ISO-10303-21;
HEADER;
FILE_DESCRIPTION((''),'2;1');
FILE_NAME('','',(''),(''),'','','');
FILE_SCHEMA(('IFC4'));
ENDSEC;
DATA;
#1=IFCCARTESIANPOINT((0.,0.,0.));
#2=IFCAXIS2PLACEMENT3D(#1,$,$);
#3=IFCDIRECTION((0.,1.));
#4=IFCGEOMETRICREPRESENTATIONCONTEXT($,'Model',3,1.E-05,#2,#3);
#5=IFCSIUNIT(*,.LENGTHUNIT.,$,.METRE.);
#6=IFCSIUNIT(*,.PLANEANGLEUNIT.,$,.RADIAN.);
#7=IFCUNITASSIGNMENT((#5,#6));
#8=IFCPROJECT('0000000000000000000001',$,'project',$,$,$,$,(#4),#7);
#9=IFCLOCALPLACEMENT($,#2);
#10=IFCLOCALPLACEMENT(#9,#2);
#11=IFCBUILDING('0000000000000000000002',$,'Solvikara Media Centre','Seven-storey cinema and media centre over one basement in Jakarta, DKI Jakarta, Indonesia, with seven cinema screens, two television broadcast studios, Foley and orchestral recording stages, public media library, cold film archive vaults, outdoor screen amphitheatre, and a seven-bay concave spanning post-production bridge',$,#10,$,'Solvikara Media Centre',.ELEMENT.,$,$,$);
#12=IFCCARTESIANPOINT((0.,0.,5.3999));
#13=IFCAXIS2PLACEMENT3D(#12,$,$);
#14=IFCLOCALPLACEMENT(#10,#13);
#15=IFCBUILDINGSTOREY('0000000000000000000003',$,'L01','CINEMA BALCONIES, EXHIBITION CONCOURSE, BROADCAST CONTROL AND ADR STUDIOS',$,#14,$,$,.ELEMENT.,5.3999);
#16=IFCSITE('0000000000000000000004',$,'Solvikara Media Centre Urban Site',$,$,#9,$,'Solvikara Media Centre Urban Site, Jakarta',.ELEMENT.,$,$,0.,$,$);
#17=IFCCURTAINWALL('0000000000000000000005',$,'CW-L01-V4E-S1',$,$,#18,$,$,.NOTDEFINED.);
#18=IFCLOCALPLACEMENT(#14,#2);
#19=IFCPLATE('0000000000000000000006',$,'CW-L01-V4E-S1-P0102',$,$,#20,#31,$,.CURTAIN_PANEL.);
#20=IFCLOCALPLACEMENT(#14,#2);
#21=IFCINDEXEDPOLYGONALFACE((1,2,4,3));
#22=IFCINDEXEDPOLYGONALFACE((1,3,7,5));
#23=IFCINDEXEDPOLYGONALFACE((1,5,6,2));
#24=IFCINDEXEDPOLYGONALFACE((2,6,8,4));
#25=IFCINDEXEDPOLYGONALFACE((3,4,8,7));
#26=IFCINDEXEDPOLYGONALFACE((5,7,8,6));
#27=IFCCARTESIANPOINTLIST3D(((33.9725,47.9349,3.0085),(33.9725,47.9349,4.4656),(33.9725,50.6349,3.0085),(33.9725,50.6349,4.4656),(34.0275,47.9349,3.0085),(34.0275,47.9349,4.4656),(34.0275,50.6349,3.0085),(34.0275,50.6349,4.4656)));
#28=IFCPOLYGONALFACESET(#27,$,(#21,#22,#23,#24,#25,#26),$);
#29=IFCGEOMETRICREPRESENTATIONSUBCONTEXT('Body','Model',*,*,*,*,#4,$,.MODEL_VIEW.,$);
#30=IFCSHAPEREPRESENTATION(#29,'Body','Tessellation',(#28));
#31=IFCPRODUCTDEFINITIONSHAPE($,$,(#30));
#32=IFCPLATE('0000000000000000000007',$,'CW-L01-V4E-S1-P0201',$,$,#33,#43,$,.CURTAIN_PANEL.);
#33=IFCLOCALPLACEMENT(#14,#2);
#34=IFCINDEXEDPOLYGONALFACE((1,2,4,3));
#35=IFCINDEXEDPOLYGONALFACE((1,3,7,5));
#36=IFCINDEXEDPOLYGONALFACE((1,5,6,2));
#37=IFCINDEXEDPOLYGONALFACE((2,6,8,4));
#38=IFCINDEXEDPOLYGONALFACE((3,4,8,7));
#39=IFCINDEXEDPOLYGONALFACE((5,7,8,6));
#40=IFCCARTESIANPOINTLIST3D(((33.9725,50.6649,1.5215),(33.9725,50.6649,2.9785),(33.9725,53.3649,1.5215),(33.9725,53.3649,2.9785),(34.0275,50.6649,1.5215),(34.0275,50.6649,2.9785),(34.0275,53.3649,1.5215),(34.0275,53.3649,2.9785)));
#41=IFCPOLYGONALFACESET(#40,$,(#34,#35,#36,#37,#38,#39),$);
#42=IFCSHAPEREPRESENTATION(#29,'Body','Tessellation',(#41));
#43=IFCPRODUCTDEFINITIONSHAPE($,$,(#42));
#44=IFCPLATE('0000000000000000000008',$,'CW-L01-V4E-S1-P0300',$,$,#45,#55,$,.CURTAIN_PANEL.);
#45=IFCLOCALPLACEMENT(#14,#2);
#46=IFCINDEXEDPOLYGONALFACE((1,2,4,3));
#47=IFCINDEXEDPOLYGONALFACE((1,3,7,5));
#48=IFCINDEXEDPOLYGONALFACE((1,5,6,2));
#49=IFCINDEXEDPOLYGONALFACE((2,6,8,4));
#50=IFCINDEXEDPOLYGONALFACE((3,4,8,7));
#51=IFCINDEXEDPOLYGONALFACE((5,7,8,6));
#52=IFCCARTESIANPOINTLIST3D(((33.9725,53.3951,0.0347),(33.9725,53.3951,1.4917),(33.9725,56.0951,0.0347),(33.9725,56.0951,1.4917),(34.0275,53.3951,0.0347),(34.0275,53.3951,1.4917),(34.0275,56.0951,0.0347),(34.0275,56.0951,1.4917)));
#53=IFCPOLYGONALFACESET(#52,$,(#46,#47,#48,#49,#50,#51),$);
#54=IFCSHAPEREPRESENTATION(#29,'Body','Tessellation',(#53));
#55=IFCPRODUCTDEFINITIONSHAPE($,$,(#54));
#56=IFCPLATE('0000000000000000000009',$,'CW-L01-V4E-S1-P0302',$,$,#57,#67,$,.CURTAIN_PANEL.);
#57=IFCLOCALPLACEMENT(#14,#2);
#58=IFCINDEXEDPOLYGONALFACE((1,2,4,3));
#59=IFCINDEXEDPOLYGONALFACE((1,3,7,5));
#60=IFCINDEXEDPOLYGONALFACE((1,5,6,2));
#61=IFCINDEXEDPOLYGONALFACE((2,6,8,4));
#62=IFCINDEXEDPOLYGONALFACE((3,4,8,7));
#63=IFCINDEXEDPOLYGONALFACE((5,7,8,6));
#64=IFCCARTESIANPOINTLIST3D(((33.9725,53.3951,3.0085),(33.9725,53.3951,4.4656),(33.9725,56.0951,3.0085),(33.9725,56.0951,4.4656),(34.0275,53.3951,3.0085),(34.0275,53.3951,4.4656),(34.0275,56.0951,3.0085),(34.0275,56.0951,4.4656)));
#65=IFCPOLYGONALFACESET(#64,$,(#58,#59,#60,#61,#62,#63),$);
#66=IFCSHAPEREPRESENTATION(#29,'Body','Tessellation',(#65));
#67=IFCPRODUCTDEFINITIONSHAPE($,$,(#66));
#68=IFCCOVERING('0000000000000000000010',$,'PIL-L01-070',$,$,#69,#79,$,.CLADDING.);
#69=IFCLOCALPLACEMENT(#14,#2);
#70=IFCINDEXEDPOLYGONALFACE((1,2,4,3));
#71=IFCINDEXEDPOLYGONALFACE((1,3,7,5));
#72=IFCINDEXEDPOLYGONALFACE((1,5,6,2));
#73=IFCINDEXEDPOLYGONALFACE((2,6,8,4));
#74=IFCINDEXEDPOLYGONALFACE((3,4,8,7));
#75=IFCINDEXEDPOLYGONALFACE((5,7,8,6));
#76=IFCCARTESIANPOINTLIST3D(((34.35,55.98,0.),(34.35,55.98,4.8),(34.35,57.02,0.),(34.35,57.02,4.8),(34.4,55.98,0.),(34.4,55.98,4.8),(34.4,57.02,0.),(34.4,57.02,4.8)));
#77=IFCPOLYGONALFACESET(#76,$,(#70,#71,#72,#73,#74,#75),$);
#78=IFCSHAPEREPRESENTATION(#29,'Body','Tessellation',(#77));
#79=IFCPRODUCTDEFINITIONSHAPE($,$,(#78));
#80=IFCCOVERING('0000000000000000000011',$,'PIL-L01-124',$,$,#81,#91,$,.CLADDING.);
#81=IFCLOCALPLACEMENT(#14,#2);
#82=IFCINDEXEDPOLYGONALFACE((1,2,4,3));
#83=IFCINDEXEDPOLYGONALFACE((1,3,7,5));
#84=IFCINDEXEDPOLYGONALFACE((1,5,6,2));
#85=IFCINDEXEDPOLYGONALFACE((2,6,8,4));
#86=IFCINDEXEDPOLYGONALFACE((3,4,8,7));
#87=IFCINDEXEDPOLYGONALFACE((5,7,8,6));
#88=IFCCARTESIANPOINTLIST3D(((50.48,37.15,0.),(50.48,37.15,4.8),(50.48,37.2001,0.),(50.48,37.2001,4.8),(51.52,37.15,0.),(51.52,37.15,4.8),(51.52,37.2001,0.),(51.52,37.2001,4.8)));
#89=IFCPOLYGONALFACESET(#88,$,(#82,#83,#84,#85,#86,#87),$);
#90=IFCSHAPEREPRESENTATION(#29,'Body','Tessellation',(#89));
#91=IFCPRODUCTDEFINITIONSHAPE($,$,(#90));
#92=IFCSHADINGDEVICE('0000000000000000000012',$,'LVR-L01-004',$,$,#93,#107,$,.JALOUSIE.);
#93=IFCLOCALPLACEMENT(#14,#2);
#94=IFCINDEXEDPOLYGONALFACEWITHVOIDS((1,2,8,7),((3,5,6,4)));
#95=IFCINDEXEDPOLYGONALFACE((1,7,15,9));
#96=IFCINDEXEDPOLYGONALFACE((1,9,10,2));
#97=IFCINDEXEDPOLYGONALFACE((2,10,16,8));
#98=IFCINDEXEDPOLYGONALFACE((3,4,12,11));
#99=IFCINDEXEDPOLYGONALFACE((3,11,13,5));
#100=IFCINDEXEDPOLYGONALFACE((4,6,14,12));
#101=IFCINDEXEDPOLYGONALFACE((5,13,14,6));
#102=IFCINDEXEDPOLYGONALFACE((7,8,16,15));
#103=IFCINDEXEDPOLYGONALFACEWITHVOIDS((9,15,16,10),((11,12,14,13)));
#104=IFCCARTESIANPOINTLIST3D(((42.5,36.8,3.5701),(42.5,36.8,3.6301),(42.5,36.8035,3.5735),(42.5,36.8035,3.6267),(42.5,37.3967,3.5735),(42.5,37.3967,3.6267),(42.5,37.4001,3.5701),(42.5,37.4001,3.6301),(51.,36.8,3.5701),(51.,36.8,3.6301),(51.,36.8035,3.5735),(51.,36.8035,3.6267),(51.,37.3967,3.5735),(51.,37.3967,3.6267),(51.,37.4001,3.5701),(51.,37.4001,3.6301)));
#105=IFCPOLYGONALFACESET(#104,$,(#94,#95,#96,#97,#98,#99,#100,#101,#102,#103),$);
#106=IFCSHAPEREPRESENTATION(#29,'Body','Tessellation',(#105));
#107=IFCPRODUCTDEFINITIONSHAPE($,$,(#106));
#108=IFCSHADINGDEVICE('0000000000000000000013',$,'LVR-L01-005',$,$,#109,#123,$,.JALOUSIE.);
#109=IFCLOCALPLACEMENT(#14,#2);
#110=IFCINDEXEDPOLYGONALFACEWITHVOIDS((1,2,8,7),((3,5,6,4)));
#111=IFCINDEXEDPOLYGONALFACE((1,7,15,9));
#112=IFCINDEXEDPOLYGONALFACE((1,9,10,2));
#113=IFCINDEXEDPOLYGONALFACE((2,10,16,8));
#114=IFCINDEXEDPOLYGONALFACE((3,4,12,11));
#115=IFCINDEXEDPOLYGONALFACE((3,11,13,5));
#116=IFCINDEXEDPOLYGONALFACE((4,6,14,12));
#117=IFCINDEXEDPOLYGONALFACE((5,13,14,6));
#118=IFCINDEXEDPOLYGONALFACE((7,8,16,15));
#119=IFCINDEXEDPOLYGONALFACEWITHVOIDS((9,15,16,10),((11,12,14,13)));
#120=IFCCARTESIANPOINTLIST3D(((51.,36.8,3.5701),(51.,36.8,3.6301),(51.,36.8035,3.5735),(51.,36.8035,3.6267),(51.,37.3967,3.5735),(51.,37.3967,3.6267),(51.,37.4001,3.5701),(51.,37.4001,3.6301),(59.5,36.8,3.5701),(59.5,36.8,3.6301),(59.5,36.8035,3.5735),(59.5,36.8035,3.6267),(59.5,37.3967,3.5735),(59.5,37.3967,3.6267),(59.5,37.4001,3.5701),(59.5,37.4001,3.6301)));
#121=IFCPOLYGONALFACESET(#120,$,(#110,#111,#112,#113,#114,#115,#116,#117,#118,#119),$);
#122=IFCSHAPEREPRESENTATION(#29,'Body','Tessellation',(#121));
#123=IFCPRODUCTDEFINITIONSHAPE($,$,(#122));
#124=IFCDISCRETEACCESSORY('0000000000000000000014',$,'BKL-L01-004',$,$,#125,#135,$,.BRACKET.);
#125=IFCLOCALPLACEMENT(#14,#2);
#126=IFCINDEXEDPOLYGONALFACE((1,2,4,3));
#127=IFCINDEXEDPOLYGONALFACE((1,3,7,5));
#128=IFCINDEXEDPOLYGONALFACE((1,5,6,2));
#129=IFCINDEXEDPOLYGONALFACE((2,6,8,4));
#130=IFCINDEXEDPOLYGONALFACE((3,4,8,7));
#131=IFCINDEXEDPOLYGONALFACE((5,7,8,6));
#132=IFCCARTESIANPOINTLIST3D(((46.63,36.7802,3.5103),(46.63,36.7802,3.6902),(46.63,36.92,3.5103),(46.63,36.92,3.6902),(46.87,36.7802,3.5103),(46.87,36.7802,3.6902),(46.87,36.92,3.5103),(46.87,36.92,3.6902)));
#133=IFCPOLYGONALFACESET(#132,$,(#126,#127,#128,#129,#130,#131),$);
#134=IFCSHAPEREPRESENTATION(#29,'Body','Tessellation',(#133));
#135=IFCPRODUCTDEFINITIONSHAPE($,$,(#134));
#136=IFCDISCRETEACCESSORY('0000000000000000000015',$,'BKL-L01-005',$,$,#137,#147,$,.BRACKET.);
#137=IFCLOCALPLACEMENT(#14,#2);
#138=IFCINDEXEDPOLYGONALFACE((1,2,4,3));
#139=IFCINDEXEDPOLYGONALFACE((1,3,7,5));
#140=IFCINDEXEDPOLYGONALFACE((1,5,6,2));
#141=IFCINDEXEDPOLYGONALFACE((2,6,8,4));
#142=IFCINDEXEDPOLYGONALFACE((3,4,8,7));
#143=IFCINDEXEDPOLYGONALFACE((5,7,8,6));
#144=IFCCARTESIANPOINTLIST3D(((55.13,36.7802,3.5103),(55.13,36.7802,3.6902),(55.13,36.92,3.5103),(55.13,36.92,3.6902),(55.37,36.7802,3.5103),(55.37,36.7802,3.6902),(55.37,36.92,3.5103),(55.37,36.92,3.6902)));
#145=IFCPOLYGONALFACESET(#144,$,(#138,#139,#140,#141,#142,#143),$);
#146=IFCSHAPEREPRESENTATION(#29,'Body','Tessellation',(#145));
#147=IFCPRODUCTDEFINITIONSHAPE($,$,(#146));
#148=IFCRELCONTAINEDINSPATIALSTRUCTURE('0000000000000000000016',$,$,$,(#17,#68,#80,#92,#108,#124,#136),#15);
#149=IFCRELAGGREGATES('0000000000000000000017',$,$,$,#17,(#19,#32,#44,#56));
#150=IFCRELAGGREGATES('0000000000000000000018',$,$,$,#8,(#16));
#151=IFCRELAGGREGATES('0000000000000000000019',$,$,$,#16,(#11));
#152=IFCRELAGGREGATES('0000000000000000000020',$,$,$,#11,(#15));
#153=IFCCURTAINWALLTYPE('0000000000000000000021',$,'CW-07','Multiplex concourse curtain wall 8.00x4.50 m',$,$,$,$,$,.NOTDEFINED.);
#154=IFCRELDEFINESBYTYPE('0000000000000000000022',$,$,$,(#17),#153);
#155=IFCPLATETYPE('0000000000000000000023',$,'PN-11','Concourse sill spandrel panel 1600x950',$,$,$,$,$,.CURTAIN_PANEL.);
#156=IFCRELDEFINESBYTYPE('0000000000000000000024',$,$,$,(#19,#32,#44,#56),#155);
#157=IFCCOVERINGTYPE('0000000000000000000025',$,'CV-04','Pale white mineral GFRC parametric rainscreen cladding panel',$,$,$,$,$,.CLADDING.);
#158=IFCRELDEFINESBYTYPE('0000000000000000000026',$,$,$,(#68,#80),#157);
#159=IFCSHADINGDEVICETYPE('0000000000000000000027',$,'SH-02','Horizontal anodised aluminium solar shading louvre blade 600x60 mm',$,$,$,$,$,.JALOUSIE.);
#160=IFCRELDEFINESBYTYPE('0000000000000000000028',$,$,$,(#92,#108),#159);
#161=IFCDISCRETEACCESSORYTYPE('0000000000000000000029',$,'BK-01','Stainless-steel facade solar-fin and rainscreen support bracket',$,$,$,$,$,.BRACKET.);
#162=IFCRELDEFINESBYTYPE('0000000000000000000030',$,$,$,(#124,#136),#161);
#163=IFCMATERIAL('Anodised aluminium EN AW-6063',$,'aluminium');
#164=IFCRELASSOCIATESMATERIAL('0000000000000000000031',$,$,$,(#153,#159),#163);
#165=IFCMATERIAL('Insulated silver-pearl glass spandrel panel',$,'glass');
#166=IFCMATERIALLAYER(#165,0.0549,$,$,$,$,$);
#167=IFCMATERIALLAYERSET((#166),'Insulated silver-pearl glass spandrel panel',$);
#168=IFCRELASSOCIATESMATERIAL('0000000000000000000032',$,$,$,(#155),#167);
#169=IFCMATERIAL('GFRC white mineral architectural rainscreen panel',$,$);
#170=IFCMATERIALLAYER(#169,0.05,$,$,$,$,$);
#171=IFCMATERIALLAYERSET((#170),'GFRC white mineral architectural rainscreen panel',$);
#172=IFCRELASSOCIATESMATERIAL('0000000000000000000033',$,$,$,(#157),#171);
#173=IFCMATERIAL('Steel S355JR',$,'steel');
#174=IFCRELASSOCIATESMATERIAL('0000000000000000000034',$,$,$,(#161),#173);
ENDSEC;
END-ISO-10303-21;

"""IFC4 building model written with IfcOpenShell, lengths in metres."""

from ifc_helpers import new_model, si_unit, direction, frame, origin, origin_2d, place, context, subcontext, project, spatial, rectangle, hollow_rectangle, extrude, material, layer, layer_set, material_profile, profile_set, type_object, element, aggregate, save


model = new_model("IFC4")

# Units and contexts
model_context = context("Model", 3, precision=1e-05, world=origin(), true_north=direction((0.0, 1.0)))
body_context = subcontext(model_context, "Body", "Model", "MODEL_VIEW")
ifc_project = project(units=[si_unit("LENGTHUNIT", "METRE"), si_unit("PLANEANGLEUNIT", "RADIAN")], contexts=[model_context])

# Site, building, storey
site_placement = place(None, origin())
site = spatial("IfcSite", under=ifc_project, at=site_placement, Name="Solvikara Media Centre Urban Site", LongName="Solvikara Media Centre Urban Site, Jakarta", CompositionType="ELEMENT", RefElevation=0.0)
building_placement = place(site_placement, origin())
building = spatial("IfcBuilding", under=site, at=building_placement, Name="Solvikara Media Centre", Description="Seven-storey cinema and media centre over one basement in Jakarta, DKI Jakarta, Indonesia, with seven cinema screens, two television broadcast studios, Foley and orchestral recording stages, public media library, cold film archive vaults, outdoor screen amphitheatre, and a seven-bay concave spanning post-production bridge", LongName="Solvikara Media Centre", CompositionType="ELEMENT")
storey_placement = place(building_placement, frame((0.0, 0.0, 5.3999)))
storey = spatial("IfcBuildingStorey", under=building, at=storey_placement, Name="L01", Description="CINEMA BALCONIES, EXHIBITION CONCOURSE, BROADCAST CONTROL AND ADR STUDIOS", CompositionType="ELEMENT", Elevation=5.3999)

# Curtain wall, plates
ifc_material_1 = material(Name="Anodised aluminium EN AW-6063", Category="aluminium")
curtain_wall_type = type_object("IfcCurtainWallType", Name="CW-07", Description="Multiplex concourse curtain wall 8.00x4.50 m", PredefinedType="NOTDEFINED", material=ifc_material_1)
curtain_wall_placement = place(storey_placement, origin())
curtain_wall = element("IfcCurtainWall", 1, at=curtain_wall_placement, inside=storey, type_object=curtain_wall_type, Name="CW-L01-V4E-S1", PredefinedType="NOTDEFINED")
ifc_material_2 = material(Name="Insulated silver-pearl glass spandrel panel", Category="glass")
ifc_layer_1 = layer(ifc_material_2, 0.0549)
ifc_layer_set_1 = layer_set([ifc_layer_1], Name="Insulated silver-pearl glass spandrel panel")
plate_type_1 = type_object("IfcPlateType", Name="PN-11", Description="Concourse sill spandrel panel 1600x950", PredefinedType="CURTAIN_PANEL", material=ifc_layer_set_1)
plate_1_placement = place(storey_placement, frame((34.0, 49.2849, 3.0085), z_axis=(0.0, 0.0, 1.0), x_axis=(0.0, 1.0, 0.0)))
plate_1 = element("IfcPlate", 2, at=plate_1_placement, type_object=plate_type_1, Name="CW-L01-V4E-S1-P0102", PredefinedType="CURTAIN_PANEL", context=body_context, shape_type="SweptSolid", body=[
    extrude(rectangle(XDim=2.7, YDim=0.0549, at=origin_2d()), origin(), (0.0, 0.0, 1.0), 1.457),
])
plate_2_placement = place(storey_placement, frame((34.0, 52.0149, 1.5215), z_axis=(0.0, 0.0, 1.0), x_axis=(0.0, 1.0, 0.0)))
plate_2 = element("IfcPlate", 3, at=plate_2_placement, type_object=plate_type_1, Name="CW-L01-V4E-S1-P0201", PredefinedType="CURTAIN_PANEL", context=body_context, shape_type="SweptSolid", body=[
    extrude(rectangle(XDim=2.7, YDim=0.0549, at=origin_2d()), origin(), (0.0, 0.0, 1.0), 1.457),
])
plate_3_placement = place(storey_placement, frame((34.0, 54.7451, 0.0347), z_axis=(0.0, 0.0, 1.0), x_axis=(0.0, 1.0, 0.0)))
plate_3 = element("IfcPlate", 4, at=plate_3_placement, type_object=plate_type_1, Name="CW-L01-V4E-S1-P0300", PredefinedType="CURTAIN_PANEL", context=body_context, shape_type="SweptSolid", body=[
    extrude(rectangle(XDim=2.7, YDim=0.0549, at=origin_2d()), origin(), (0.0, 0.0, 1.0), 1.457),
])
plate_4_placement = place(storey_placement, frame((34.0, 54.7451, 3.0085), z_axis=(0.0, 0.0, 1.0), x_axis=(0.0, 1.0, 0.0)))
plate_4 = element("IfcPlate", 5, at=plate_4_placement, type_object=plate_type_1, Name="CW-L01-V4E-S1-P0302", PredefinedType="CURTAIN_PANEL", context=body_context, shape_type="SweptSolid", body=[
    extrude(rectangle(XDim=2.7, YDim=0.0549, at=origin_2d()), origin(), (0.0, 0.0, 1.0), 1.457),
])
aggregate(curtain_wall, [plate_1, plate_2, plate_3, plate_4])

# Coverings
ifc_material_3 = material(Name="GFRC white mineral architectural rainscreen panel")
ifc_layer_2 = layer(ifc_material_3, 0.05)
ifc_layer_set_2 = layer_set([ifc_layer_2], Name="GFRC white mineral architectural rainscreen panel")
covering_type = type_object("IfcCoveringType", Name="CV-04", Description="Pale white mineral GFRC parametric rainscreen cladding panel", PredefinedType="CLADDING", material=ifc_layer_set_2)
for number, where, z_axis, x_axis, name in (
    (6, (34.375, 56.5, 0.0), (0.0, 0.0, 1.0), (0.0, 1.0, 0.0), "PIL-L01-070"),
    (7, (51.0, 37.175, 0.0), (0.0, 0.0, 1.0), (-1.0, 0.0, 0.0), "PIL-L01-124"),
):
    element("IfcCovering", number, at=place(storey_placement, frame(where, z_axis=z_axis, x_axis=x_axis)), inside=storey, type_object=covering_type, Name=name, PredefinedType="CLADDING", context=body_context, shape_type="SweptSolid", body=[
        extrude(rectangle(XDim=1.04, YDim=0.05, at=origin_2d()), origin(), (0.0, 0.0, 1.0), 4.8),
    ])

# Shading devices
ifc_material_profile_1 = material_profile(ifc_material_1, hollow_rectangle(XDim=0.6001, YDim=0.0601, WallThickness=0.0034, at=origin_2d()), Name="ALU-LOUVRE 60x600x3.5")
ifc_profile_set_1 = profile_set([ifc_material_profile_1], Name="Anodised aluminium EN AW-6063")
shading_device_type = type_object("IfcShadingDeviceType", Name="SH-02", Description="Horizontal anodised aluminium solar shading louvre blade 600x60 mm", PredefinedType="JALOUSIE", material=ifc_profile_set_1)
for number, where, z_axis, x_axis, name in (
    (8, (42.5, 37.1001, 3.6001), (1.0, 0.0, 0.0), (0.0, 1.0, 0.0), "LVR-L01-004"),
    (9, (51.0, 37.1001, 3.6001), (1.0, 0.0, 0.0), (0.0, 1.0, 0.0), "LVR-L01-005"),
):
    element("IfcShadingDevice", number, at=place(storey_placement, frame(where, z_axis=z_axis, x_axis=x_axis)), inside=storey, type_object=shading_device_type, Name=name, PredefinedType="JALOUSIE", context=body_context, shape_type="SweptSolid", body=[
        extrude(hollow_rectangle(XDim=0.6001, YDim=0.0601, WallThickness=0.0034, at=origin_2d()), origin(), (0.0, 0.0, 1.0), 8.5),
    ])

# Discrete accessories
ifc_material_4 = material(Name="Steel S355JR", Category="steel")
discrete_accessory_type = type_object("IfcDiscreteAccessoryType", Name="BK-01", Description="Stainless-steel facade solar-fin and rainscreen support bracket", PredefinedType="BRACKET", material=ifc_material_4)
for number, where, z_axis, x_axis, name in (
    (10, (46.75, 36.8501, 3.5103), (0.0, 0.0, 1.0), (1.0, 0.0, 0.0), "BKL-L01-004"),
    (11, (55.25, 36.8501, 3.5103), (0.0, 0.0, 1.0), (1.0, 0.0, 0.0), "BKL-L01-005"),
):
    element("IfcDiscreteAccessory", number, at=place(storey_placement, frame(where, z_axis=z_axis, x_axis=x_axis)), inside=storey, type_object=discrete_accessory_type, Name=name, PredefinedType="BRACKET", context=body_context, shape_type="SweptSolid", body=[
        extrude(rectangle(XDim=0.24, YDim=0.1399, at=origin_2d()), origin(), (0.0, 0.0, 1.0), 0.1799),
    ])

save(model, "model.ifc")
